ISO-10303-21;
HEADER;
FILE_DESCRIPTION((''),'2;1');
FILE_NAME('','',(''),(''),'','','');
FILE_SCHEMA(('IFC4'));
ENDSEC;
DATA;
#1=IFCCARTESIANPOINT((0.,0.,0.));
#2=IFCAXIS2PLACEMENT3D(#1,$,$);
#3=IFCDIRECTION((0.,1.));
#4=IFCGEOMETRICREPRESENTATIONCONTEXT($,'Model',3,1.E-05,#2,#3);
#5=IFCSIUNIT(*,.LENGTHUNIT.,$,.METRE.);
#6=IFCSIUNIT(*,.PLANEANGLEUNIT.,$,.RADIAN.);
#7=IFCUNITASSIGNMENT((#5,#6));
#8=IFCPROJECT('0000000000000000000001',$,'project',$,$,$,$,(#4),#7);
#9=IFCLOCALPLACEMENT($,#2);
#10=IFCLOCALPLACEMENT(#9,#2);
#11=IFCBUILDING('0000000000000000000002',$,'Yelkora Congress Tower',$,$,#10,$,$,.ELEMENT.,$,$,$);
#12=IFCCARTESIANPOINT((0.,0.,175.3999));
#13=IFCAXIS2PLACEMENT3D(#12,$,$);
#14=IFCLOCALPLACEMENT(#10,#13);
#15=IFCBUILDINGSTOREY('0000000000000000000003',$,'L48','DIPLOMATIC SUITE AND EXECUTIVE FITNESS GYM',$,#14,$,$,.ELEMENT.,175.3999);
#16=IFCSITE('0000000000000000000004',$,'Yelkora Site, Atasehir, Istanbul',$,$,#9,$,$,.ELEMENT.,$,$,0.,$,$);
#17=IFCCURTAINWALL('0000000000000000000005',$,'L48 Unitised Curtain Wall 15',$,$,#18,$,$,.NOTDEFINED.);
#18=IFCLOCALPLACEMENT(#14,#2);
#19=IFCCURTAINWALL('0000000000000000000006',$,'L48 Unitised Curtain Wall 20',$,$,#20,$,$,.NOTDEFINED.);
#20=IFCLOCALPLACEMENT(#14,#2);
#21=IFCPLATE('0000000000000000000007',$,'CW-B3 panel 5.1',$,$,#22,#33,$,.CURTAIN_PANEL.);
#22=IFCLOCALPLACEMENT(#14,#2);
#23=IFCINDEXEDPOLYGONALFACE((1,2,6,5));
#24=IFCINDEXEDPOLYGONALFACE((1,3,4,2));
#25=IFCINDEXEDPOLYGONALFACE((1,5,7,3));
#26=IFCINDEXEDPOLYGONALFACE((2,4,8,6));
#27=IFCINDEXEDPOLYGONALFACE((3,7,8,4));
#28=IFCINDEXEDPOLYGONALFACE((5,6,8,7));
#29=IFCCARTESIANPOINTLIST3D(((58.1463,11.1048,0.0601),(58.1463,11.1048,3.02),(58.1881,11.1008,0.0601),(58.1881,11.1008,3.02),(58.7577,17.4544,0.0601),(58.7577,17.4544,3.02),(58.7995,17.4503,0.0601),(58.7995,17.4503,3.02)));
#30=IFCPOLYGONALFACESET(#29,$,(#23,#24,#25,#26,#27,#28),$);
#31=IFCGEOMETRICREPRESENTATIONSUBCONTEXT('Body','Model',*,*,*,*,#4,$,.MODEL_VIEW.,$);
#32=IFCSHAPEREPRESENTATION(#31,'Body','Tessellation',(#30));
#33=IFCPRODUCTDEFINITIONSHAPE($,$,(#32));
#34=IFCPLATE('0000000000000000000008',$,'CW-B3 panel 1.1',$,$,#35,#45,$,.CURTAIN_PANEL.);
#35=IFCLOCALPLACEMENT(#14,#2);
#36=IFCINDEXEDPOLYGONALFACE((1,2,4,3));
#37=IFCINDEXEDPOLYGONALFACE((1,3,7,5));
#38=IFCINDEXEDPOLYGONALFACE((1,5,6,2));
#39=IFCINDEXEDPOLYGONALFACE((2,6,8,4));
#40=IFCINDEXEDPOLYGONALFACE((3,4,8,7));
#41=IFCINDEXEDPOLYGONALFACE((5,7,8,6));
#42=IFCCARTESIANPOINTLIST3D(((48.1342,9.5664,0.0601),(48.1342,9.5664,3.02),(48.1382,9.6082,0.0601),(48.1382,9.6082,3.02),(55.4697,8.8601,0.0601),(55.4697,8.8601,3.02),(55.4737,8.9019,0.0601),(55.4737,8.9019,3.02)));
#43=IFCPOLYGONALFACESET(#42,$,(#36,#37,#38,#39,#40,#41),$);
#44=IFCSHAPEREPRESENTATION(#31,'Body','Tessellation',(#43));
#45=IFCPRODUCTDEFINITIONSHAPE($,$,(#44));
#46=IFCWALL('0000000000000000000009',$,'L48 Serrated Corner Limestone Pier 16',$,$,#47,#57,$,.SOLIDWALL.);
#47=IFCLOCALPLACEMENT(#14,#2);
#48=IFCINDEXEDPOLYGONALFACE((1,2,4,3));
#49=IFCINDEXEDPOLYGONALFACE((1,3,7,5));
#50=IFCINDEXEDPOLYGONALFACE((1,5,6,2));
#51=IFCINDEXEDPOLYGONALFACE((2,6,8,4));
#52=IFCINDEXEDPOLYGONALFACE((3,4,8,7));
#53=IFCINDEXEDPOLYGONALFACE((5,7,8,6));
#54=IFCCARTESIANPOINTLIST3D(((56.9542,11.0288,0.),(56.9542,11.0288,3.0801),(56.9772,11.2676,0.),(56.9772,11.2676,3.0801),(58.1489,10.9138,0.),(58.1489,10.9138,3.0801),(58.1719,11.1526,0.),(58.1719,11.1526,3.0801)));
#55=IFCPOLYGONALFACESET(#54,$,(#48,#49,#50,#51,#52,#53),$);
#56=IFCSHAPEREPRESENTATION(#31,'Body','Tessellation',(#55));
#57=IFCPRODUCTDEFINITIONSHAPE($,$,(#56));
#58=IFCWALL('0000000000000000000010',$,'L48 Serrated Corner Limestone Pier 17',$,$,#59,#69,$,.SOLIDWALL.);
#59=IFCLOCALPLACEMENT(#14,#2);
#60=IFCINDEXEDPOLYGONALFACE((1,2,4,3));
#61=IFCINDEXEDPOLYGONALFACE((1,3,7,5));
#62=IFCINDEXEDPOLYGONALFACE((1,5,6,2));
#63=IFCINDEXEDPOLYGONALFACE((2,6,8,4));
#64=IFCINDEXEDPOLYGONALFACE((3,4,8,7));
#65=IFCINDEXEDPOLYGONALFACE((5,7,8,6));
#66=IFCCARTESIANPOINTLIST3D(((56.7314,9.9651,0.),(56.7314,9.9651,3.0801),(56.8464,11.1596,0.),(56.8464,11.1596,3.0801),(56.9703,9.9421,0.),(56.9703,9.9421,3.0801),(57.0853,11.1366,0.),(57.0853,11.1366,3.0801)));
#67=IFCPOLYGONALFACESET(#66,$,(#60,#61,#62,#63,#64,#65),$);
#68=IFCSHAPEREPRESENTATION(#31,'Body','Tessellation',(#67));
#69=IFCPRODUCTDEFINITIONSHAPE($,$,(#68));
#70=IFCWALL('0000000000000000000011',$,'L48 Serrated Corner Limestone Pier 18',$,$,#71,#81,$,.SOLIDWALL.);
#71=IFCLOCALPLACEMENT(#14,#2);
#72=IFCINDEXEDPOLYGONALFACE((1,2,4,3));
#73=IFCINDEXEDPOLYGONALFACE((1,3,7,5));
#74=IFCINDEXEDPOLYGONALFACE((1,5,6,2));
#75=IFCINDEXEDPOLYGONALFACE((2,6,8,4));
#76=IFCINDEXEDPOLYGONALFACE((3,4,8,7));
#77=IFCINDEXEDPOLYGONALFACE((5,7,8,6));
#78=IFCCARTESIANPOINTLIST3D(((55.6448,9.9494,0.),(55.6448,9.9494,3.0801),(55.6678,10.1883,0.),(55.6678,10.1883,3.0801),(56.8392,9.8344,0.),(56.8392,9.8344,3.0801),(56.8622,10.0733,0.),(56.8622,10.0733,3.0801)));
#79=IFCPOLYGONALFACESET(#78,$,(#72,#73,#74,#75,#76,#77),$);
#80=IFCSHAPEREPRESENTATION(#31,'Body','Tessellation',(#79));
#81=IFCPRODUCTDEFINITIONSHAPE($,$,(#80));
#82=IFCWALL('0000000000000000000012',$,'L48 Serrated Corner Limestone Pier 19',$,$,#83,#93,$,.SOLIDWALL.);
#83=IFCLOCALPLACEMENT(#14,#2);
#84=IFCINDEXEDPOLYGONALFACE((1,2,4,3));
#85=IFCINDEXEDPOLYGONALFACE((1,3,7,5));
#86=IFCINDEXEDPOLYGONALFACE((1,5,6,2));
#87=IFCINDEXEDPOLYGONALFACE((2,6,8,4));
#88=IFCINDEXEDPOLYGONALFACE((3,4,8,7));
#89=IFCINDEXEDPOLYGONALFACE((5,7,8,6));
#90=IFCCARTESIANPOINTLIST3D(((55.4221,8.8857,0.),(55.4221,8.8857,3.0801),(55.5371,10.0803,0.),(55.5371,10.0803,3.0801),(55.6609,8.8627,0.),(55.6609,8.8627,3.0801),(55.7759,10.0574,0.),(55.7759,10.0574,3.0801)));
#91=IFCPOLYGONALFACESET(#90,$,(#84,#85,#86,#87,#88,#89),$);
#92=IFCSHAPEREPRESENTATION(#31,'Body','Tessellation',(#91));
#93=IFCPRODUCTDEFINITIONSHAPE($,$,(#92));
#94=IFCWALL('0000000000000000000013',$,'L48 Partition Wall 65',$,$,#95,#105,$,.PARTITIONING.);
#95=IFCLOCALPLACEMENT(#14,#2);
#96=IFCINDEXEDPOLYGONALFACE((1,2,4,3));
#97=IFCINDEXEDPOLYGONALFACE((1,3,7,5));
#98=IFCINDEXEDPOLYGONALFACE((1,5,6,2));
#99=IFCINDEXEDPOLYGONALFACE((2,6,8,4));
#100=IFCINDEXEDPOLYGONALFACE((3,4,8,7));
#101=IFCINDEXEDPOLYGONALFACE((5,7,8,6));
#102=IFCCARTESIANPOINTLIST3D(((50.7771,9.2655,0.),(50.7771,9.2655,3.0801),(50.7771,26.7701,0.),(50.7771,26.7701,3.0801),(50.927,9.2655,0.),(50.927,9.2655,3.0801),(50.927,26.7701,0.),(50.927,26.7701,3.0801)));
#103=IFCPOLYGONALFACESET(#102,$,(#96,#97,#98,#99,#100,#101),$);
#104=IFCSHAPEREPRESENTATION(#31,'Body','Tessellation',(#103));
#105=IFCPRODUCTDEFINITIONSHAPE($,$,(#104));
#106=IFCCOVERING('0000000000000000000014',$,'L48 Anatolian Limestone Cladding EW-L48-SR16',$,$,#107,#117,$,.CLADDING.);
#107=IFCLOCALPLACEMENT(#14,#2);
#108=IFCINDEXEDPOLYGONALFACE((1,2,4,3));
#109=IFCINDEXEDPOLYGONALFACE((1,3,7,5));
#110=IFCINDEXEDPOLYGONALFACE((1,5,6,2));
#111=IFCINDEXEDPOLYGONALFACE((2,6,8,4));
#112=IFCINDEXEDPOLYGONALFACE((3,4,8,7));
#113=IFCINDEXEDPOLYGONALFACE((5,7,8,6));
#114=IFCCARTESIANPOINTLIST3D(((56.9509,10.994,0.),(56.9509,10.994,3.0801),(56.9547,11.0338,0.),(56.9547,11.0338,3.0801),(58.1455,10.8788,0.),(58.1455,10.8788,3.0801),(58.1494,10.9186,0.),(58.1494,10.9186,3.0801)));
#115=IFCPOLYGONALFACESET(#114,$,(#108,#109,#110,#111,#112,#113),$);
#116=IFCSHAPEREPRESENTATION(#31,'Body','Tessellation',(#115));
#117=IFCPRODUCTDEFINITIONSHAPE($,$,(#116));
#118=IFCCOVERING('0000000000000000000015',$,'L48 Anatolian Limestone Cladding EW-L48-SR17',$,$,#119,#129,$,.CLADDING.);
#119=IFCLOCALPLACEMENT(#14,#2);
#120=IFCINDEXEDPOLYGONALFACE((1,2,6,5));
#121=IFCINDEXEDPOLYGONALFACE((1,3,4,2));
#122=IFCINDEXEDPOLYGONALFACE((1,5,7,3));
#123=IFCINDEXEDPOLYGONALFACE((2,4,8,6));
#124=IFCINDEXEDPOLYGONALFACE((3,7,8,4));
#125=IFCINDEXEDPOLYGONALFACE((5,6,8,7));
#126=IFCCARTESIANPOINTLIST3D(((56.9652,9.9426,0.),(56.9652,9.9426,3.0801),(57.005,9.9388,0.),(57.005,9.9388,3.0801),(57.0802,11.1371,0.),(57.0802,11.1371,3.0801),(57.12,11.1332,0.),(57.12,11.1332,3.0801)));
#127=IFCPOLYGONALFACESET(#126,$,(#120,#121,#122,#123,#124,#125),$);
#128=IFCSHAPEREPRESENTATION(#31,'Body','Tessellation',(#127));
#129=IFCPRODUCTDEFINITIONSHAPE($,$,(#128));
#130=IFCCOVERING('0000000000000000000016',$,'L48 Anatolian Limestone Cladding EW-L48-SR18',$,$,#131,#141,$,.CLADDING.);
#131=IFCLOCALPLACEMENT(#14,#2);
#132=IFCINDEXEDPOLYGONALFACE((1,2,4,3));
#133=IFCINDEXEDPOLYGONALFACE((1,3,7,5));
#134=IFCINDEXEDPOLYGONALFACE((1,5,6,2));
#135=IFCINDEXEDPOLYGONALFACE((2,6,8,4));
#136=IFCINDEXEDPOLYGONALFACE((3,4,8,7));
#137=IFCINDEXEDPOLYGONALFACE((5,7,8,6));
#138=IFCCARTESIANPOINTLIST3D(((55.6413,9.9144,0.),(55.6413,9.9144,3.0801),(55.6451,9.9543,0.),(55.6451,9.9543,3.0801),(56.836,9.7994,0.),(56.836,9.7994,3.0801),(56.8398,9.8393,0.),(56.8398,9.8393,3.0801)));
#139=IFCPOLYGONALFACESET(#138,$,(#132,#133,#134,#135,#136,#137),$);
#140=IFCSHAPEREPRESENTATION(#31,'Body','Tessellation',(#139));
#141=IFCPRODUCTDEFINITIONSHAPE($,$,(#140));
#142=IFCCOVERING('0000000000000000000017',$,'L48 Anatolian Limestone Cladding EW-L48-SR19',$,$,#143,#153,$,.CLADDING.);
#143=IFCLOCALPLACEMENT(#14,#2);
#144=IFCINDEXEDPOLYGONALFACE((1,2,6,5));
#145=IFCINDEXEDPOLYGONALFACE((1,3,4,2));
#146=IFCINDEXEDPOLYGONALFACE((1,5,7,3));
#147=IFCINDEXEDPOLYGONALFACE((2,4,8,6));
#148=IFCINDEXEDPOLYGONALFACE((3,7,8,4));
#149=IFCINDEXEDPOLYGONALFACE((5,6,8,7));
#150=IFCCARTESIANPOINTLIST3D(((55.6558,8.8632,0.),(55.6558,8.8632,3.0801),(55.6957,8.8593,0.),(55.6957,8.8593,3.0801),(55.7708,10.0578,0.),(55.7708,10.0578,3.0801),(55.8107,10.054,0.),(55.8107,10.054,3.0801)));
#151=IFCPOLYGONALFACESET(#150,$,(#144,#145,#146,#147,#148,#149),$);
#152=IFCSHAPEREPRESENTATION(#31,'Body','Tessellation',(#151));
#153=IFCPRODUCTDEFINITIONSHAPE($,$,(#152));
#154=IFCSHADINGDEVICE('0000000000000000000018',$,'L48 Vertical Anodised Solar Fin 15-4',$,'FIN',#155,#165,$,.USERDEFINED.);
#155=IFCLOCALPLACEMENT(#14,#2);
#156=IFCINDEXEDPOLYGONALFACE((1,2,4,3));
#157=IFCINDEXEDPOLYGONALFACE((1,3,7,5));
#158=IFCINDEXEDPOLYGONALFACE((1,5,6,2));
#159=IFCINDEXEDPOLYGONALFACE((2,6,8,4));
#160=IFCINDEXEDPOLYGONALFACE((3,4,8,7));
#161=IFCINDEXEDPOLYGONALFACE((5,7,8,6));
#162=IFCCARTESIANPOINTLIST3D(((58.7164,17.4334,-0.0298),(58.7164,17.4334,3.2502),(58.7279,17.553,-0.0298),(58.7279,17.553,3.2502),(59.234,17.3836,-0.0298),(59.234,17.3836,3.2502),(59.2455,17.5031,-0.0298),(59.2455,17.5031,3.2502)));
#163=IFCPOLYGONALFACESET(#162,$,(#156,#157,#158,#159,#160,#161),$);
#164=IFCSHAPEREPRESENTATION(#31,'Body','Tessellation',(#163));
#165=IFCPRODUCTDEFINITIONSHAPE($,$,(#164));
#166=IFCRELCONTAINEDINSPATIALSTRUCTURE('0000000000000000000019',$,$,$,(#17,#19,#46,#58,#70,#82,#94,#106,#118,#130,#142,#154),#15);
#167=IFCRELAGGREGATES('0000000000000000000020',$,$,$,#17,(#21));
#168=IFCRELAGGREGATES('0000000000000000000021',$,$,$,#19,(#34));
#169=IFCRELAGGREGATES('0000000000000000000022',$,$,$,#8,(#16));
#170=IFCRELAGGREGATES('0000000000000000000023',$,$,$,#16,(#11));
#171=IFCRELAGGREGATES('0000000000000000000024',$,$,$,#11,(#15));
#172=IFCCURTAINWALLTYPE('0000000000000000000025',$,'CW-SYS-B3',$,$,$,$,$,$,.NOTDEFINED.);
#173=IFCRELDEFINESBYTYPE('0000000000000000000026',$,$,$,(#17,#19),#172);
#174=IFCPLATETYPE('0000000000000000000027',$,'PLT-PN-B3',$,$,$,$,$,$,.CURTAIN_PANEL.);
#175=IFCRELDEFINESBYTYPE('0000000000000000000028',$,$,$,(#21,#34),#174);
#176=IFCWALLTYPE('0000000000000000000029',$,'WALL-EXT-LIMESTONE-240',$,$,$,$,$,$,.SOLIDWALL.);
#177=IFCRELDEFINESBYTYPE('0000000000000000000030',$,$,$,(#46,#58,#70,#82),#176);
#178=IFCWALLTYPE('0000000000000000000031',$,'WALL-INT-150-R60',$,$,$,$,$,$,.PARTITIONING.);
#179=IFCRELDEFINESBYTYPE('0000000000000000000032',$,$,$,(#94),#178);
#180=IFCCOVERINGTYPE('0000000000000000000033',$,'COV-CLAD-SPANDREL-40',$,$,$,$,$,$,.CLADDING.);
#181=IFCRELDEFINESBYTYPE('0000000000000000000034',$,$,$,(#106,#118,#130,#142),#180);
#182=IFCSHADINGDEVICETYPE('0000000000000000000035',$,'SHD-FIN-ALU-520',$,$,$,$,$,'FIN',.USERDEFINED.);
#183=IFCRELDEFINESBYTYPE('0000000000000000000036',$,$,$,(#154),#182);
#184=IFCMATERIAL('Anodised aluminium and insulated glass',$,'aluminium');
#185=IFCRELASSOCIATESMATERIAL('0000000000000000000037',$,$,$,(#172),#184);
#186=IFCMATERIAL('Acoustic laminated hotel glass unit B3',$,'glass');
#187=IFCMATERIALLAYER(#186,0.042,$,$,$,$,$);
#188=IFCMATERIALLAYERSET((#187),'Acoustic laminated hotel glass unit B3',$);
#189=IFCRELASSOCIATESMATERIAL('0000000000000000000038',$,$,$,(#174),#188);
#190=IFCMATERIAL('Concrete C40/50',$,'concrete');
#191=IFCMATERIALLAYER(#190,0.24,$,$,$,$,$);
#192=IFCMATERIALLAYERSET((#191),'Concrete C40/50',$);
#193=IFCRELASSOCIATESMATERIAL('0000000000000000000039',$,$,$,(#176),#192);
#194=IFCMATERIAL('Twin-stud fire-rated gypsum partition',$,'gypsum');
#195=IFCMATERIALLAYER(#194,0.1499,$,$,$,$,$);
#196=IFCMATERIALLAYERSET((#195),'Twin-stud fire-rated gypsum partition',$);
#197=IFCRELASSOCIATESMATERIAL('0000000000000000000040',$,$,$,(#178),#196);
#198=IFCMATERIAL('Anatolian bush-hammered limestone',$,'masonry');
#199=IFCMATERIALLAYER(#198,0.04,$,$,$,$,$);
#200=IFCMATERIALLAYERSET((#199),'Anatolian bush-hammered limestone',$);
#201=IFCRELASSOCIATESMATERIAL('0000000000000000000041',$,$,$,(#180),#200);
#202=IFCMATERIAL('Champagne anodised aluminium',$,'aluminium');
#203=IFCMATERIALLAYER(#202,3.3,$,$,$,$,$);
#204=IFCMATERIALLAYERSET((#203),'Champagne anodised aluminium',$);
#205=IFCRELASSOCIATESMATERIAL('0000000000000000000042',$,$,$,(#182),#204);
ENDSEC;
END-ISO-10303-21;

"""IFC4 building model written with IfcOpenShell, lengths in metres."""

from ifc_helpers import new_model, si_unit, direction, frame, frame_2d, origin, origin_2d, place, context, subcontext, project, spatial, rectangle, extrude, material, layer, layer_set, type_object, element, aggregate, save


model = new_model("IFC4")

# Units and contexts
model_context = context("Model", 3, precision=1e-05, world=origin(), true_north=direction((0.0, 1.0)))
body_context = subcontext(model_context, "Body", "Model", "MODEL_VIEW")
ifc_project = project(units=[si_unit("LENGTHUNIT", "METRE"), si_unit("PLANEANGLEUNIT", "RADIAN")], contexts=[model_context])

# Site, building, storey
site_placement = place(None, origin())
site = spatial("IfcSite", under=ifc_project, at=site_placement, Name="Yelkora Site, Atasehir, Istanbul", CompositionType="ELEMENT", RefElevation=0.0)
building_placement = place(site_placement, origin())
building = spatial("IfcBuilding", under=site, at=building_placement, Name="Yelkora Congress Tower", CompositionType="ELEMENT")
storey_placement = place(building_placement, frame((0.0, 0.0, 175.3999)))
storey = spatial("IfcBuildingStorey", under=building, at=storey_placement, Name="L48", Description="DIPLOMATIC SUITE AND EXECUTIVE FITNESS GYM", CompositionType="ELEMENT", Elevation=175.3999)

# Curtain walls
ifc_material_1 = material(Name="Anodised aluminium and insulated glass", Category="aluminium")
curtain_wall_type = type_object("IfcCurtainWallType", Name="CW-SYS-B3", PredefinedType="NOTDEFINED", material=ifc_material_1)
curtain_wall_1_placement = place(storey_placement, origin())
curtain_wall_1 = element("IfcCurtainWall", 1, at=curtain_wall_1_placement, inside=storey, type_object=curtain_wall_type, Name="L48 Unitised Curtain Wall 15", PredefinedType="NOTDEFINED")
curtain_wall_2_placement = place(storey_placement, origin())
curtain_wall_2 = element("IfcCurtainWall", 2, at=curtain_wall_2_placement, inside=storey, type_object=curtain_wall_type, Name="L48 Unitised Curtain Wall 20", PredefinedType="NOTDEFINED")

# Plates
ifc_material_2 = material(Name="Acoustic laminated hotel glass unit B3", Category="glass")
ifc_layer_1 = layer(ifc_material_2, 0.042)
ifc_layer_set_1 = layer_set([ifc_layer_1], Name="Acoustic laminated hotel glass unit B3")
plate_type = type_object("IfcPlateType", Name="PLT-PN-B3", PredefinedType="CURTAIN_PANEL", material=ifc_layer_set_1)
plate_1_placement = place(storey_placement, frame((58.4729, 14.2776, 0.0601), z_axis=(0.0, 0.0, 1.0), x_axis=(-0.095842, -0.995397, 0.0)))
plate_1 = element("IfcPlate", 3, at=plate_1_placement, type_object=plate_type, Name="CW-B3 panel 5.1", PredefinedType="CURTAIN_PANEL", context=body_context, shape_type="SweptSolid", body=[
    extrude(rectangle(XDim=6.3789, YDim=0.042, at=origin_2d()), origin(), (0.0, 0.0, 1.0), 2.96),
])
aggregate(curtain_wall_1, [plate_1])
plate_2_placement = place(storey_placement, frame((51.804, 9.2341, 0.0601), z_axis=(0.0, 0.0, 1.0), x_axis=(-0.995396, 0.095845, 0.0)))
plate_2 = element("IfcPlate", 4, at=plate_2_placement, type_object=plate_type, Name="CW-B3 panel 1.1", PredefinedType="CURTAIN_PANEL", context=body_context, shape_type="SweptSolid", body=[
    extrude(rectangle(XDim=7.3694, YDim=0.042, at=origin_2d()), origin(), (0.0, 0.0, 1.0), 2.96),
])
aggregate(curtain_wall_2, [plate_2])

# Walls
ifc_material_3 = material(Name="Concrete C40/50", Category="concrete")
ifc_layer_2 = layer(ifc_material_3, 0.24)
ifc_layer_set_2 = layer_set([ifc_layer_2], Name="Concrete C40/50")
wall_type_1 = type_object("IfcWallType", Name="WALL-EXT-LIMESTONE-240", PredefinedType="SOLIDWALL", material=ifc_layer_set_2)
wall_1_placement = place(storey_placement, frame((58.1604, 11.0332, 0.0), z_axis=(0.0, 0.0, 1.0), x_axis=(-0.995399, 0.095817, 0.0)))
element("IfcWall", 5, at=wall_1_placement, inside=storey, type_object=wall_type_1, Name="L48 Serrated Corner Limestone Pier 16", PredefinedType="SOLIDWALL", context=body_context, shape_type="SweptSolid", body=[
    extrude(rectangle(XDim=1.2002, YDim=0.24, at=frame_2d((0.6001, 0.0))), origin(), (0.0, 0.0, 1.0), 3.0801),
])
for number, where, z_axis, x_axis, name in (
    (6, (56.9658, 11.1482, 0.0), (0.0, 0.0, 1.0), (-0.095836, -0.995397, 0.0), "L48 Serrated Corner Limestone Pier 17"),
    (7, (56.8508, 9.9539, 0.0), (0.0, 0.0, 1.0), (-0.995397, 0.095836, 0.0), "L48 Serrated Corner Limestone Pier 18"),
):
    element("IfcWall", number, at=place(storey_placement, frame(where, z_axis=z_axis, x_axis=x_axis)), inside=storey, type_object=wall_type_1, Name=name, PredefinedType="SOLIDWALL", context=body_context, shape_type="SweptSolid", body=[
        extrude(rectangle(XDim=1.2, YDim=0.24, at=frame_2d((0.6001, 0.0))), origin(), (0.0, 0.0, 1.0), 3.0801),
    ])
wall_2_placement = place(storey_placement, frame((55.6565, 10.0688, 0.0), z_axis=(0.0, 0.0, 1.0), x_axis=(-0.095817, -0.995399, 0.0)))
element("IfcWall", 8, at=wall_2_placement, inside=storey, type_object=wall_type_1, Name="L48 Serrated Corner Limestone Pier 19", PredefinedType="SOLIDWALL", context=body_context, shape_type="SweptSolid", body=[
    extrude(rectangle(XDim=1.2002, YDim=0.24, at=frame_2d((0.6001, 0.0))), origin(), (0.0, 0.0, 1.0), 3.0801),
])
ifc_material_4 = material(Name="Twin-stud fire-rated gypsum partition", Category="gypsum")
ifc_layer_3 = layer(ifc_material_4, 0.1499)
ifc_layer_set_3 = layer_set([ifc_layer_3], Name="Twin-stud fire-rated gypsum partition")
wall_type_2 = type_object("IfcWallType", Name="WALL-INT-150-R60", PredefinedType="PARTITIONING", material=ifc_layer_set_3)
wall_3_placement = place(storey_placement, frame((50.8521, 9.2654, 0.0), z_axis=(0.0, 0.0, 1.0), x_axis=(0.0, 1.0, 0.0)))
element("IfcWall", 9, at=wall_3_placement, inside=storey, type_object=wall_type_2, Name="L48 Partition Wall 65", PredefinedType="PARTITIONING", context=body_context, shape_type="SweptSolid", body=[
    extrude(rectangle(XDim=17.5046, YDim=0.1499, at=frame_2d((8.7524, 0.0))), origin(), (0.0, 0.0, 1.0), 3.0801),
])

# Coverings
ifc_material_5 = material(Name="Anatolian bush-hammered limestone", Category="masonry")
ifc_layer_4 = layer(ifc_material_5, 0.04)
ifc_layer_set_4 = layer_set([ifc_layer_4], Name="Anatolian bush-hammered limestone")
covering_type = type_object("IfcCoveringType", Name="COV-CLAD-SPANDREL-40", PredefinedType="CLADDING", material=ifc_layer_set_4)
covering_1_placement = place(storey_placement, frame((58.1475, 10.8987, 0.0), z_axis=(0.0, 0.0, 1.0), x_axis=(-0.99538, 0.096019, 0.0)))
element("IfcCovering", 10, at=covering_1_placement, inside=storey, type_object=covering_type, Name="L48 Anatolian Limestone Cladding EW-L48-SR16", PredefinedType="CLADDING", context=body_context, shape_type="SweptSolid", body=[
    extrude(rectangle(XDim=1.2002, YDim=0.04, at=frame_2d((0.6001, 0.0))), origin(), (0.0, 0.0, 1.0), 3.0801),
])
covering_2_placement = place(storey_placement, frame((57.1001, 11.1353, 0.0), z_axis=(0.0, 0.0, 1.0), x_axis=(-0.095836, -0.995397, 0.0)))
element("IfcCovering", 11, at=covering_2_placement, inside=storey, type_object=covering_type, Name="L48 Anatolian Limestone Cladding EW-L48-SR17", PredefinedType="CLADDING", context=body_context, shape_type="SweptSolid", body=[
    extrude(rectangle(XDim=1.2, YDim=0.04, at=frame_2d((0.6001, 0.0))), origin(), (0.0, 0.0, 1.0), 3.0801),
])
for number, where, z_axis, x_axis, name in (
    (12, (56.8379, 9.8193, 0.0), (0.0, 0.0, 1.0), (-0.995399, 0.095817, 0.0), "L48 Anatolian Limestone Cladding EW-L48-SR18"),
    (13, (55.7908, 10.0559, 0.0), (0.0, 0.0, 1.0), (-0.095817, -0.995399, 0.0), "L48 Anatolian Limestone Cladding EW-L48-SR19"),
):
    element("IfcCovering", number, at=place(storey_placement, frame(where, z_axis=z_axis, x_axis=x_axis)), inside=storey, type_object=covering_type, Name=name, PredefinedType="CLADDING", context=body_context, shape_type="SweptSolid", body=[
        extrude(rectangle(XDim=1.2002, YDim=0.04, at=frame_2d((0.6001, 0.0))), origin(), (0.0, 0.0, 1.0), 3.0801),
    ])

# Shading device
ifc_material_6 = material(Name="Champagne anodised aluminium", Category="aluminium")
ifc_layer_5 = layer(ifc_material_6, 3.3)
ifc_layer_set_5 = layer_set([ifc_layer_5], Name="Champagne anodised aluminium")
shading_device_type = type_object("IfcShadingDeviceType", Name="SHD-FIN-ALU-520", ElementType="FIN", PredefinedType="USERDEFINED", material=ifc_layer_set_5)
shading_device_placement = place(storey_placement, frame((58.981, 17.4683, -0.0298), z_axis=(0.0, 0.0, 1.0), x_axis=(-0.095846, -0.995396, 0.0)))
element("IfcShadingDevice", 14, at=shading_device_placement, inside=storey, type_object=shading_device_type, Name="L48 Vertical Anodised Solar Fin 15-4", ObjectType="FIN", PredefinedType="USERDEFINED", context=body_context, shape_type="SweptSolid", body=[
    extrude(rectangle(XDim=0.1201, YDim=0.52, at=origin_2d()), origin(), (0.0, 0.0, 1.0), 3.28),
])

save(model, "model.ifc")
